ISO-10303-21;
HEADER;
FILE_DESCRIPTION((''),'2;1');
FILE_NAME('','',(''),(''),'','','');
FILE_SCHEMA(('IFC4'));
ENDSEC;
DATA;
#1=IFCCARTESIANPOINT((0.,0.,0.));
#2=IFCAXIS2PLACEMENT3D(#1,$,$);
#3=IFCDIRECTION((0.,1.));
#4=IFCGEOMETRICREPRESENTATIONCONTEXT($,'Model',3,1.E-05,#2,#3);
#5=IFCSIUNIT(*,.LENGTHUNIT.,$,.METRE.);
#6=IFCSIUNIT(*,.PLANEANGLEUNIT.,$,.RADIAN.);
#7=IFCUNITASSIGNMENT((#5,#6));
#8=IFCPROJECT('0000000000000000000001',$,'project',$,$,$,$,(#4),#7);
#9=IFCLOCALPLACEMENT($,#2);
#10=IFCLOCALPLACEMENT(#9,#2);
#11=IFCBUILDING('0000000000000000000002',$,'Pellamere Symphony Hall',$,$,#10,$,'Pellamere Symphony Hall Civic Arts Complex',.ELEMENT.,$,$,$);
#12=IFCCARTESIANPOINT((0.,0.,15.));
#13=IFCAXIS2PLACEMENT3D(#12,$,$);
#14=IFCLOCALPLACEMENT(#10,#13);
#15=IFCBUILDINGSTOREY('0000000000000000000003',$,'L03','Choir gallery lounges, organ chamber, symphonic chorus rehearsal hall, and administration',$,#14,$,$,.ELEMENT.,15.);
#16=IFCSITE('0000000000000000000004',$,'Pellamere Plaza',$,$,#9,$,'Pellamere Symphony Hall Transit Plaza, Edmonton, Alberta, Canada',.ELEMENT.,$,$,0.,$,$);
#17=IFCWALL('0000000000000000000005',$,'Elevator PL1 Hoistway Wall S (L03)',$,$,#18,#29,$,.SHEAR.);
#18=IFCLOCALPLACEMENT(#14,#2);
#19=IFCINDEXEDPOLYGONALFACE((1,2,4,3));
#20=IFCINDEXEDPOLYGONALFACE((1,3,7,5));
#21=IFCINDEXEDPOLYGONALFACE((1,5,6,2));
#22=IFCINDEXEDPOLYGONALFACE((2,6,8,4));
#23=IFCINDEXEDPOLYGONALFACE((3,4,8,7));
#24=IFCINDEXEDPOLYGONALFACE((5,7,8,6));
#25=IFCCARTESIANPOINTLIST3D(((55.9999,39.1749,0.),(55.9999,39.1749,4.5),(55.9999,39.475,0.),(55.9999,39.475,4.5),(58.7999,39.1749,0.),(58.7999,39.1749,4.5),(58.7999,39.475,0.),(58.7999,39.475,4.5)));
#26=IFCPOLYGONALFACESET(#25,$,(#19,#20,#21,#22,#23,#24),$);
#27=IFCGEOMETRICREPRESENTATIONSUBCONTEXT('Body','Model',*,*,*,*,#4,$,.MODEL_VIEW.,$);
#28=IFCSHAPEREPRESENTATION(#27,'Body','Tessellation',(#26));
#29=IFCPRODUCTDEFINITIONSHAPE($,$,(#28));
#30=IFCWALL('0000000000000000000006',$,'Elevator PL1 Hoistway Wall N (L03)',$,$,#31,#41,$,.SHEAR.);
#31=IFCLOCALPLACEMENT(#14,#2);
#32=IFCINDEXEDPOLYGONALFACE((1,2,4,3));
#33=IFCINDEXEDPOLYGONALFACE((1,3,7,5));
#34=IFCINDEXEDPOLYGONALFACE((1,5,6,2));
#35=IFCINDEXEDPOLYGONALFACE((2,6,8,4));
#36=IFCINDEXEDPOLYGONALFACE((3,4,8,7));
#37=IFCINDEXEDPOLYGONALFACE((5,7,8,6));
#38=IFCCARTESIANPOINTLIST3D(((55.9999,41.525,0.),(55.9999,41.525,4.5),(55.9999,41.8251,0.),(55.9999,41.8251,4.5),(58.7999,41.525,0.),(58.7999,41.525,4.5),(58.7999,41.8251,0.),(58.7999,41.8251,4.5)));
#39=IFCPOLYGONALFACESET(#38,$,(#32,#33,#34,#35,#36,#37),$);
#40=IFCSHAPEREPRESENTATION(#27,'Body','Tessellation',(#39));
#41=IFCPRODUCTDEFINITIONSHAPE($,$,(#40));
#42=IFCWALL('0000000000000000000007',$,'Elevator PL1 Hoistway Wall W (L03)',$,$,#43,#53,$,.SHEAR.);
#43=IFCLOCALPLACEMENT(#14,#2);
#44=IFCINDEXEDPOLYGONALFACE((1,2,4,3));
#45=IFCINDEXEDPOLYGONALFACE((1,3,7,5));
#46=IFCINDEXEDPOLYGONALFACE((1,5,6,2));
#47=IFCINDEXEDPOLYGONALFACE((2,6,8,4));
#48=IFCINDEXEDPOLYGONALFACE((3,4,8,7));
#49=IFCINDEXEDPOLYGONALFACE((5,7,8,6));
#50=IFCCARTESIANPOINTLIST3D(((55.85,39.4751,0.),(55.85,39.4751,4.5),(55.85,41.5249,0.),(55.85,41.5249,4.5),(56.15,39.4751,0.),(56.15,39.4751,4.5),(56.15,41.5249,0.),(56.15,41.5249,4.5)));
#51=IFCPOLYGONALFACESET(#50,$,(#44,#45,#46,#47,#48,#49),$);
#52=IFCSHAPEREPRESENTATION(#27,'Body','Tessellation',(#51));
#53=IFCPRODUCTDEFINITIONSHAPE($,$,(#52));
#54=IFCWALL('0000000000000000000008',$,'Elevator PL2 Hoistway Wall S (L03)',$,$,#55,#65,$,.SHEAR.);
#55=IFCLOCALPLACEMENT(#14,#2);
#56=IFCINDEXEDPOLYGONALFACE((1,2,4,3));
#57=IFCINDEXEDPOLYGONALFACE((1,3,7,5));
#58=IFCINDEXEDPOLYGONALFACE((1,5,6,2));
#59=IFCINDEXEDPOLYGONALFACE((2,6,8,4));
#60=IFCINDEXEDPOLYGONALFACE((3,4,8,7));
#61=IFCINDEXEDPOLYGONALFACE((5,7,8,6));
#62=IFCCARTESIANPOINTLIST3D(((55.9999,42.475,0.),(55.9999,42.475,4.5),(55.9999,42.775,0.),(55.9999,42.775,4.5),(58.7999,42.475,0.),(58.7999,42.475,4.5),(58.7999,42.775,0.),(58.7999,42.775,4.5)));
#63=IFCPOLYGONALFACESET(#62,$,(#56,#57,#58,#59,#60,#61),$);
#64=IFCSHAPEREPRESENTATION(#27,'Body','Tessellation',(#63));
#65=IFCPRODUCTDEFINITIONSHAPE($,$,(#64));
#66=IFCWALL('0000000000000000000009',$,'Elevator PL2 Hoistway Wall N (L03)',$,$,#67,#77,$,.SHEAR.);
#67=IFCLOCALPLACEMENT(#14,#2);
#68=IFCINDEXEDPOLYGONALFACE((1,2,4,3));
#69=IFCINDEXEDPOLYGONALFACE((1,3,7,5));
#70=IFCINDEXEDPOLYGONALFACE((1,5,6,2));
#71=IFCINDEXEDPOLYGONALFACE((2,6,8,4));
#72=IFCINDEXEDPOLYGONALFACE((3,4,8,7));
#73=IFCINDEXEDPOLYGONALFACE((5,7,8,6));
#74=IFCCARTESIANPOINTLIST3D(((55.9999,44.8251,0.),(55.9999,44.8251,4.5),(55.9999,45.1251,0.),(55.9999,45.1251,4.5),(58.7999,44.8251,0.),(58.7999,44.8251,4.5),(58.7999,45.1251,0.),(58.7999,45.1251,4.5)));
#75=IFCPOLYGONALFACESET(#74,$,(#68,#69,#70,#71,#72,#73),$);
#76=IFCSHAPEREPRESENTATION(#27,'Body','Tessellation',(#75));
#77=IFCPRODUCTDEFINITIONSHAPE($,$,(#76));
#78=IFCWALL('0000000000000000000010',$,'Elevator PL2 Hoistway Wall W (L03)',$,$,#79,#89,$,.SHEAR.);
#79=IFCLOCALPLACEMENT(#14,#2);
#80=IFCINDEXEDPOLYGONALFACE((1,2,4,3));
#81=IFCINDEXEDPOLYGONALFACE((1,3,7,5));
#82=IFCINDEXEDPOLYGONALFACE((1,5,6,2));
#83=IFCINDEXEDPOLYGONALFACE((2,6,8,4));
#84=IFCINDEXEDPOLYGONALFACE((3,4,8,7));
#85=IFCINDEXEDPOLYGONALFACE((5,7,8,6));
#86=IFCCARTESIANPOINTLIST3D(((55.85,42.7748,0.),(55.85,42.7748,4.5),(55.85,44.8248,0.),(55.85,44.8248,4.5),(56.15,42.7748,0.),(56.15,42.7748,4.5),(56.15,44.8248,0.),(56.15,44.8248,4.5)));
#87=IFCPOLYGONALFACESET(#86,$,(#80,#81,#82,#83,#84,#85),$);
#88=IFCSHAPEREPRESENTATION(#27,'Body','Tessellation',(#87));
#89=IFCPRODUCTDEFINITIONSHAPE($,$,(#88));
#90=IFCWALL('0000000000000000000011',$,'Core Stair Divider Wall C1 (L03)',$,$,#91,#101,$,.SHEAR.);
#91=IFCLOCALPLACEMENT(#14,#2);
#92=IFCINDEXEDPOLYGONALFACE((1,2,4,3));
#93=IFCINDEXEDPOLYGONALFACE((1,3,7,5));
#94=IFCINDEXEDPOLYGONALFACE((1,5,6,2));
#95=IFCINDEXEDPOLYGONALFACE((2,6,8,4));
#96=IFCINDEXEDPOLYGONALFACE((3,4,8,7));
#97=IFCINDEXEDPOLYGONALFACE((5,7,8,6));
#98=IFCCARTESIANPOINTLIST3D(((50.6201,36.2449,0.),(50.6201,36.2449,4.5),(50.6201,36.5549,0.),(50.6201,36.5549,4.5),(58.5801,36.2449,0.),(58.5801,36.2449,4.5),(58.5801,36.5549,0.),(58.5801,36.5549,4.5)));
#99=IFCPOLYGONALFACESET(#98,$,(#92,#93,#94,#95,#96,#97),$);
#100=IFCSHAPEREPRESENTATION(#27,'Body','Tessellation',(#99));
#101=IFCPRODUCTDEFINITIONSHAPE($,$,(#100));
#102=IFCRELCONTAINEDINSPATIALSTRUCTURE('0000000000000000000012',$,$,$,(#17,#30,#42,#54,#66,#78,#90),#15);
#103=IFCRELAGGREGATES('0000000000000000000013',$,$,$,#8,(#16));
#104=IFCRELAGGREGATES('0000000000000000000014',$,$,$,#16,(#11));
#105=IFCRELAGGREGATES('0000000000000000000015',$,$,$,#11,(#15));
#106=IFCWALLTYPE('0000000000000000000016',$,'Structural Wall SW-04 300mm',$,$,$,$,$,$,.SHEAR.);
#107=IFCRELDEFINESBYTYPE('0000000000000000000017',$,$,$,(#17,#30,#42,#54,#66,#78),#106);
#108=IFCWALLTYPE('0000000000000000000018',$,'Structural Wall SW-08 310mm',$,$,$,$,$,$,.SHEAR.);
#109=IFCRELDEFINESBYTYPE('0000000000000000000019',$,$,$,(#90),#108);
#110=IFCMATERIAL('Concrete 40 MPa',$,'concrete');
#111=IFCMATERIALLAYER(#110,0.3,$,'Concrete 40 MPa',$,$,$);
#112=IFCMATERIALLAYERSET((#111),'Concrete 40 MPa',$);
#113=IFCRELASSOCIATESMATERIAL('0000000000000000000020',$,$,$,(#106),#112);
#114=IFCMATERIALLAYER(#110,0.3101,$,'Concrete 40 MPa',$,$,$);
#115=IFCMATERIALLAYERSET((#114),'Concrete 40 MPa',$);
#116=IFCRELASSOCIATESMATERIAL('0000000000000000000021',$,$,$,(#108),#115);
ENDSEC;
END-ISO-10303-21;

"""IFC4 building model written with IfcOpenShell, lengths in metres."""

from ifc_helpers import new_model, si_unit, direction, frame, frame_2d, origin, place, context, subcontext, project, spatial, rectangle, extrude, material, layer, layer_set, type_object, element, save


model = new_model("IFC4")

# Units and contexts
model_context = context("Model", 3, precision=1e-05, world=origin(), true_north=direction((0.0, 1.0)))
body_context = subcontext(model_context, "Body", "Model", "MODEL_VIEW")
ifc_project = project(units=[si_unit("LENGTHUNIT", "METRE"), si_unit("PLANEANGLEUNIT", "RADIAN")], contexts=[model_context])

# Site, building, storey
site_placement = place(None, origin())
site = spatial("IfcSite", under=ifc_project, at=site_placement, Name="Pellamere Plaza", LongName="Pellamere Symphony Hall Transit Plaza, Edmonton, Alberta, Canada", CompositionType="ELEMENT", RefElevation=0.0)
building_placement = place(site_placement, origin())
building = spatial("IfcBuilding", under=site, at=building_placement, Name="Pellamere Symphony Hall", LongName="Pellamere Symphony Hall Civic Arts Complex", CompositionType="ELEMENT")
storey_placement = place(building_placement, frame((0.0, 0.0, 15.0)))
storey = spatial("IfcBuildingStorey", under=building, at=storey_placement, Name="L03", Description="Choir gallery lounges, organ chamber, symphonic chorus rehearsal hall, and administration", CompositionType="ELEMENT", Elevation=15.0)

# Shared definitions
ifc_material_1 = material(Name="Concrete 40 MPa", Category="concrete")

# Walls
ifc_layer_1 = layer(ifc_material_1, 0.3, Name="Concrete 40 MPa")
ifc_layer_set_1 = layer_set([ifc_layer_1], Name="Concrete 40 MPa")
wall_type_1 = type_object("IfcWallType", Name="Structural Wall SW-04 300mm", PredefinedType="SHEAR", material=ifc_layer_set_1)
for number, where, z_axis, x_axis, name in (
    (1, (56.0, 39.325, 0.0), (0.0, 0.0, 1.0), (1.0, 0.0, 0.0), "Elevator PL1 Hoistway Wall S (L03)"),
    (2, (56.0, 41.675, 0.0), (0.0, 0.0, 1.0), (1.0, 0.0, 0.0), "Elevator PL1 Hoistway Wall N (L03)"),
):
    element("IfcWall", number, at=place(storey_placement, frame(where, z_axis=z_axis, x_axis=x_axis)), inside=storey, type_object=wall_type_1, Name=name, PredefinedType="SHEAR", context=body_context, shape_type="SweptSolid", body=[
        extrude(rectangle(XDim=2.8, YDim=0.3, at=frame_2d((1.3999, 0.0))), origin(), (0.0, 0.0, 1.0), 4.5),
    ])
wall_1_placement = place(storey_placement, frame((56.0, 39.4751, 0.0), z_axis=(0.0, 0.0, 1.0), x_axis=(0.0, 1.0, 0.0)))
element("IfcWall", 3, at=wall_1_placement, inside=storey, type_object=wall_type_1, Name="Elevator PL1 Hoistway Wall W (L03)", PredefinedType="SHEAR", context=body_context, shape_type="SweptSolid", body=[
    extrude(rectangle(XDim=2.0498, YDim=0.3, at=frame_2d((1.0249, 0.0))), origin(), (0.0, 0.0, 1.0), 4.5),
])
for number, where, z_axis, x_axis, name in (
    (4, (56.0, 42.625, 0.0), (0.0, 0.0, 1.0), (1.0, 0.0, 0.0), "Elevator PL2 Hoistway Wall S (L03)"),
    (5, (56.0, 44.9751, 0.0), (0.0, 0.0, 1.0), (1.0, 0.0, 0.0), "Elevator PL2 Hoistway Wall N (L03)"),
):
    element("IfcWall", number, at=place(storey_placement, frame(where, z_axis=z_axis, x_axis=x_axis)), inside=storey, type_object=wall_type_1, Name=name, PredefinedType="SHEAR", context=body_context, shape_type="SweptSolid", body=[
        extrude(rectangle(XDim=2.8, YDim=0.3, at=frame_2d((1.3999, 0.0))), origin(), (0.0, 0.0, 1.0), 4.5),
    ])
wall_2_placement = place(storey_placement, frame((56.0, 42.7749, 0.0), z_axis=(0.0, 0.0, 1.0), x_axis=(0.0, 1.0, 0.0)))
element("IfcWall", 6, at=wall_2_placement, inside=storey, type_object=wall_type_1, Name="Elevator PL2 Hoistway Wall W (L03)", PredefinedType="SHEAR", context=body_context, shape_type="SweptSolid", body=[
    extrude(rectangle(XDim=2.05, YDim=0.3, at=frame_2d((1.0249, 0.0))), origin(), (0.0, 0.0, 1.0), 4.5),
])
ifc_layer_2 = layer(ifc_material_1, 0.3101, Name="Concrete 40 MPa")
ifc_layer_set_2 = layer_set([ifc_layer_2], Name="Concrete 40 MPa")
wall_type_2 = type_object("IfcWallType", Name="Structural Wall SW-08 310mm", PredefinedType="SHEAR", material=ifc_layer_set_2)
wall_3_placement = place(storey_placement, frame((50.6201, 36.3999, 0.0), z_axis=(0.0, 0.0, 1.0), x_axis=(1.0, 0.0, 0.0)))
element("IfcWall", 7, at=wall_3_placement, inside=storey, type_object=wall_type_2, Name="Core Stair Divider Wall C1 (L03)", PredefinedType="SHEAR", context=body_context, shape_type="SweptSolid", body=[
    extrude(rectangle(XDim=7.96, YDim=0.3101, at=frame_2d((3.98, 0.0))), origin(), (0.0, 0.0, 1.0), 4.5),
])

save(model, "model.ifc")
